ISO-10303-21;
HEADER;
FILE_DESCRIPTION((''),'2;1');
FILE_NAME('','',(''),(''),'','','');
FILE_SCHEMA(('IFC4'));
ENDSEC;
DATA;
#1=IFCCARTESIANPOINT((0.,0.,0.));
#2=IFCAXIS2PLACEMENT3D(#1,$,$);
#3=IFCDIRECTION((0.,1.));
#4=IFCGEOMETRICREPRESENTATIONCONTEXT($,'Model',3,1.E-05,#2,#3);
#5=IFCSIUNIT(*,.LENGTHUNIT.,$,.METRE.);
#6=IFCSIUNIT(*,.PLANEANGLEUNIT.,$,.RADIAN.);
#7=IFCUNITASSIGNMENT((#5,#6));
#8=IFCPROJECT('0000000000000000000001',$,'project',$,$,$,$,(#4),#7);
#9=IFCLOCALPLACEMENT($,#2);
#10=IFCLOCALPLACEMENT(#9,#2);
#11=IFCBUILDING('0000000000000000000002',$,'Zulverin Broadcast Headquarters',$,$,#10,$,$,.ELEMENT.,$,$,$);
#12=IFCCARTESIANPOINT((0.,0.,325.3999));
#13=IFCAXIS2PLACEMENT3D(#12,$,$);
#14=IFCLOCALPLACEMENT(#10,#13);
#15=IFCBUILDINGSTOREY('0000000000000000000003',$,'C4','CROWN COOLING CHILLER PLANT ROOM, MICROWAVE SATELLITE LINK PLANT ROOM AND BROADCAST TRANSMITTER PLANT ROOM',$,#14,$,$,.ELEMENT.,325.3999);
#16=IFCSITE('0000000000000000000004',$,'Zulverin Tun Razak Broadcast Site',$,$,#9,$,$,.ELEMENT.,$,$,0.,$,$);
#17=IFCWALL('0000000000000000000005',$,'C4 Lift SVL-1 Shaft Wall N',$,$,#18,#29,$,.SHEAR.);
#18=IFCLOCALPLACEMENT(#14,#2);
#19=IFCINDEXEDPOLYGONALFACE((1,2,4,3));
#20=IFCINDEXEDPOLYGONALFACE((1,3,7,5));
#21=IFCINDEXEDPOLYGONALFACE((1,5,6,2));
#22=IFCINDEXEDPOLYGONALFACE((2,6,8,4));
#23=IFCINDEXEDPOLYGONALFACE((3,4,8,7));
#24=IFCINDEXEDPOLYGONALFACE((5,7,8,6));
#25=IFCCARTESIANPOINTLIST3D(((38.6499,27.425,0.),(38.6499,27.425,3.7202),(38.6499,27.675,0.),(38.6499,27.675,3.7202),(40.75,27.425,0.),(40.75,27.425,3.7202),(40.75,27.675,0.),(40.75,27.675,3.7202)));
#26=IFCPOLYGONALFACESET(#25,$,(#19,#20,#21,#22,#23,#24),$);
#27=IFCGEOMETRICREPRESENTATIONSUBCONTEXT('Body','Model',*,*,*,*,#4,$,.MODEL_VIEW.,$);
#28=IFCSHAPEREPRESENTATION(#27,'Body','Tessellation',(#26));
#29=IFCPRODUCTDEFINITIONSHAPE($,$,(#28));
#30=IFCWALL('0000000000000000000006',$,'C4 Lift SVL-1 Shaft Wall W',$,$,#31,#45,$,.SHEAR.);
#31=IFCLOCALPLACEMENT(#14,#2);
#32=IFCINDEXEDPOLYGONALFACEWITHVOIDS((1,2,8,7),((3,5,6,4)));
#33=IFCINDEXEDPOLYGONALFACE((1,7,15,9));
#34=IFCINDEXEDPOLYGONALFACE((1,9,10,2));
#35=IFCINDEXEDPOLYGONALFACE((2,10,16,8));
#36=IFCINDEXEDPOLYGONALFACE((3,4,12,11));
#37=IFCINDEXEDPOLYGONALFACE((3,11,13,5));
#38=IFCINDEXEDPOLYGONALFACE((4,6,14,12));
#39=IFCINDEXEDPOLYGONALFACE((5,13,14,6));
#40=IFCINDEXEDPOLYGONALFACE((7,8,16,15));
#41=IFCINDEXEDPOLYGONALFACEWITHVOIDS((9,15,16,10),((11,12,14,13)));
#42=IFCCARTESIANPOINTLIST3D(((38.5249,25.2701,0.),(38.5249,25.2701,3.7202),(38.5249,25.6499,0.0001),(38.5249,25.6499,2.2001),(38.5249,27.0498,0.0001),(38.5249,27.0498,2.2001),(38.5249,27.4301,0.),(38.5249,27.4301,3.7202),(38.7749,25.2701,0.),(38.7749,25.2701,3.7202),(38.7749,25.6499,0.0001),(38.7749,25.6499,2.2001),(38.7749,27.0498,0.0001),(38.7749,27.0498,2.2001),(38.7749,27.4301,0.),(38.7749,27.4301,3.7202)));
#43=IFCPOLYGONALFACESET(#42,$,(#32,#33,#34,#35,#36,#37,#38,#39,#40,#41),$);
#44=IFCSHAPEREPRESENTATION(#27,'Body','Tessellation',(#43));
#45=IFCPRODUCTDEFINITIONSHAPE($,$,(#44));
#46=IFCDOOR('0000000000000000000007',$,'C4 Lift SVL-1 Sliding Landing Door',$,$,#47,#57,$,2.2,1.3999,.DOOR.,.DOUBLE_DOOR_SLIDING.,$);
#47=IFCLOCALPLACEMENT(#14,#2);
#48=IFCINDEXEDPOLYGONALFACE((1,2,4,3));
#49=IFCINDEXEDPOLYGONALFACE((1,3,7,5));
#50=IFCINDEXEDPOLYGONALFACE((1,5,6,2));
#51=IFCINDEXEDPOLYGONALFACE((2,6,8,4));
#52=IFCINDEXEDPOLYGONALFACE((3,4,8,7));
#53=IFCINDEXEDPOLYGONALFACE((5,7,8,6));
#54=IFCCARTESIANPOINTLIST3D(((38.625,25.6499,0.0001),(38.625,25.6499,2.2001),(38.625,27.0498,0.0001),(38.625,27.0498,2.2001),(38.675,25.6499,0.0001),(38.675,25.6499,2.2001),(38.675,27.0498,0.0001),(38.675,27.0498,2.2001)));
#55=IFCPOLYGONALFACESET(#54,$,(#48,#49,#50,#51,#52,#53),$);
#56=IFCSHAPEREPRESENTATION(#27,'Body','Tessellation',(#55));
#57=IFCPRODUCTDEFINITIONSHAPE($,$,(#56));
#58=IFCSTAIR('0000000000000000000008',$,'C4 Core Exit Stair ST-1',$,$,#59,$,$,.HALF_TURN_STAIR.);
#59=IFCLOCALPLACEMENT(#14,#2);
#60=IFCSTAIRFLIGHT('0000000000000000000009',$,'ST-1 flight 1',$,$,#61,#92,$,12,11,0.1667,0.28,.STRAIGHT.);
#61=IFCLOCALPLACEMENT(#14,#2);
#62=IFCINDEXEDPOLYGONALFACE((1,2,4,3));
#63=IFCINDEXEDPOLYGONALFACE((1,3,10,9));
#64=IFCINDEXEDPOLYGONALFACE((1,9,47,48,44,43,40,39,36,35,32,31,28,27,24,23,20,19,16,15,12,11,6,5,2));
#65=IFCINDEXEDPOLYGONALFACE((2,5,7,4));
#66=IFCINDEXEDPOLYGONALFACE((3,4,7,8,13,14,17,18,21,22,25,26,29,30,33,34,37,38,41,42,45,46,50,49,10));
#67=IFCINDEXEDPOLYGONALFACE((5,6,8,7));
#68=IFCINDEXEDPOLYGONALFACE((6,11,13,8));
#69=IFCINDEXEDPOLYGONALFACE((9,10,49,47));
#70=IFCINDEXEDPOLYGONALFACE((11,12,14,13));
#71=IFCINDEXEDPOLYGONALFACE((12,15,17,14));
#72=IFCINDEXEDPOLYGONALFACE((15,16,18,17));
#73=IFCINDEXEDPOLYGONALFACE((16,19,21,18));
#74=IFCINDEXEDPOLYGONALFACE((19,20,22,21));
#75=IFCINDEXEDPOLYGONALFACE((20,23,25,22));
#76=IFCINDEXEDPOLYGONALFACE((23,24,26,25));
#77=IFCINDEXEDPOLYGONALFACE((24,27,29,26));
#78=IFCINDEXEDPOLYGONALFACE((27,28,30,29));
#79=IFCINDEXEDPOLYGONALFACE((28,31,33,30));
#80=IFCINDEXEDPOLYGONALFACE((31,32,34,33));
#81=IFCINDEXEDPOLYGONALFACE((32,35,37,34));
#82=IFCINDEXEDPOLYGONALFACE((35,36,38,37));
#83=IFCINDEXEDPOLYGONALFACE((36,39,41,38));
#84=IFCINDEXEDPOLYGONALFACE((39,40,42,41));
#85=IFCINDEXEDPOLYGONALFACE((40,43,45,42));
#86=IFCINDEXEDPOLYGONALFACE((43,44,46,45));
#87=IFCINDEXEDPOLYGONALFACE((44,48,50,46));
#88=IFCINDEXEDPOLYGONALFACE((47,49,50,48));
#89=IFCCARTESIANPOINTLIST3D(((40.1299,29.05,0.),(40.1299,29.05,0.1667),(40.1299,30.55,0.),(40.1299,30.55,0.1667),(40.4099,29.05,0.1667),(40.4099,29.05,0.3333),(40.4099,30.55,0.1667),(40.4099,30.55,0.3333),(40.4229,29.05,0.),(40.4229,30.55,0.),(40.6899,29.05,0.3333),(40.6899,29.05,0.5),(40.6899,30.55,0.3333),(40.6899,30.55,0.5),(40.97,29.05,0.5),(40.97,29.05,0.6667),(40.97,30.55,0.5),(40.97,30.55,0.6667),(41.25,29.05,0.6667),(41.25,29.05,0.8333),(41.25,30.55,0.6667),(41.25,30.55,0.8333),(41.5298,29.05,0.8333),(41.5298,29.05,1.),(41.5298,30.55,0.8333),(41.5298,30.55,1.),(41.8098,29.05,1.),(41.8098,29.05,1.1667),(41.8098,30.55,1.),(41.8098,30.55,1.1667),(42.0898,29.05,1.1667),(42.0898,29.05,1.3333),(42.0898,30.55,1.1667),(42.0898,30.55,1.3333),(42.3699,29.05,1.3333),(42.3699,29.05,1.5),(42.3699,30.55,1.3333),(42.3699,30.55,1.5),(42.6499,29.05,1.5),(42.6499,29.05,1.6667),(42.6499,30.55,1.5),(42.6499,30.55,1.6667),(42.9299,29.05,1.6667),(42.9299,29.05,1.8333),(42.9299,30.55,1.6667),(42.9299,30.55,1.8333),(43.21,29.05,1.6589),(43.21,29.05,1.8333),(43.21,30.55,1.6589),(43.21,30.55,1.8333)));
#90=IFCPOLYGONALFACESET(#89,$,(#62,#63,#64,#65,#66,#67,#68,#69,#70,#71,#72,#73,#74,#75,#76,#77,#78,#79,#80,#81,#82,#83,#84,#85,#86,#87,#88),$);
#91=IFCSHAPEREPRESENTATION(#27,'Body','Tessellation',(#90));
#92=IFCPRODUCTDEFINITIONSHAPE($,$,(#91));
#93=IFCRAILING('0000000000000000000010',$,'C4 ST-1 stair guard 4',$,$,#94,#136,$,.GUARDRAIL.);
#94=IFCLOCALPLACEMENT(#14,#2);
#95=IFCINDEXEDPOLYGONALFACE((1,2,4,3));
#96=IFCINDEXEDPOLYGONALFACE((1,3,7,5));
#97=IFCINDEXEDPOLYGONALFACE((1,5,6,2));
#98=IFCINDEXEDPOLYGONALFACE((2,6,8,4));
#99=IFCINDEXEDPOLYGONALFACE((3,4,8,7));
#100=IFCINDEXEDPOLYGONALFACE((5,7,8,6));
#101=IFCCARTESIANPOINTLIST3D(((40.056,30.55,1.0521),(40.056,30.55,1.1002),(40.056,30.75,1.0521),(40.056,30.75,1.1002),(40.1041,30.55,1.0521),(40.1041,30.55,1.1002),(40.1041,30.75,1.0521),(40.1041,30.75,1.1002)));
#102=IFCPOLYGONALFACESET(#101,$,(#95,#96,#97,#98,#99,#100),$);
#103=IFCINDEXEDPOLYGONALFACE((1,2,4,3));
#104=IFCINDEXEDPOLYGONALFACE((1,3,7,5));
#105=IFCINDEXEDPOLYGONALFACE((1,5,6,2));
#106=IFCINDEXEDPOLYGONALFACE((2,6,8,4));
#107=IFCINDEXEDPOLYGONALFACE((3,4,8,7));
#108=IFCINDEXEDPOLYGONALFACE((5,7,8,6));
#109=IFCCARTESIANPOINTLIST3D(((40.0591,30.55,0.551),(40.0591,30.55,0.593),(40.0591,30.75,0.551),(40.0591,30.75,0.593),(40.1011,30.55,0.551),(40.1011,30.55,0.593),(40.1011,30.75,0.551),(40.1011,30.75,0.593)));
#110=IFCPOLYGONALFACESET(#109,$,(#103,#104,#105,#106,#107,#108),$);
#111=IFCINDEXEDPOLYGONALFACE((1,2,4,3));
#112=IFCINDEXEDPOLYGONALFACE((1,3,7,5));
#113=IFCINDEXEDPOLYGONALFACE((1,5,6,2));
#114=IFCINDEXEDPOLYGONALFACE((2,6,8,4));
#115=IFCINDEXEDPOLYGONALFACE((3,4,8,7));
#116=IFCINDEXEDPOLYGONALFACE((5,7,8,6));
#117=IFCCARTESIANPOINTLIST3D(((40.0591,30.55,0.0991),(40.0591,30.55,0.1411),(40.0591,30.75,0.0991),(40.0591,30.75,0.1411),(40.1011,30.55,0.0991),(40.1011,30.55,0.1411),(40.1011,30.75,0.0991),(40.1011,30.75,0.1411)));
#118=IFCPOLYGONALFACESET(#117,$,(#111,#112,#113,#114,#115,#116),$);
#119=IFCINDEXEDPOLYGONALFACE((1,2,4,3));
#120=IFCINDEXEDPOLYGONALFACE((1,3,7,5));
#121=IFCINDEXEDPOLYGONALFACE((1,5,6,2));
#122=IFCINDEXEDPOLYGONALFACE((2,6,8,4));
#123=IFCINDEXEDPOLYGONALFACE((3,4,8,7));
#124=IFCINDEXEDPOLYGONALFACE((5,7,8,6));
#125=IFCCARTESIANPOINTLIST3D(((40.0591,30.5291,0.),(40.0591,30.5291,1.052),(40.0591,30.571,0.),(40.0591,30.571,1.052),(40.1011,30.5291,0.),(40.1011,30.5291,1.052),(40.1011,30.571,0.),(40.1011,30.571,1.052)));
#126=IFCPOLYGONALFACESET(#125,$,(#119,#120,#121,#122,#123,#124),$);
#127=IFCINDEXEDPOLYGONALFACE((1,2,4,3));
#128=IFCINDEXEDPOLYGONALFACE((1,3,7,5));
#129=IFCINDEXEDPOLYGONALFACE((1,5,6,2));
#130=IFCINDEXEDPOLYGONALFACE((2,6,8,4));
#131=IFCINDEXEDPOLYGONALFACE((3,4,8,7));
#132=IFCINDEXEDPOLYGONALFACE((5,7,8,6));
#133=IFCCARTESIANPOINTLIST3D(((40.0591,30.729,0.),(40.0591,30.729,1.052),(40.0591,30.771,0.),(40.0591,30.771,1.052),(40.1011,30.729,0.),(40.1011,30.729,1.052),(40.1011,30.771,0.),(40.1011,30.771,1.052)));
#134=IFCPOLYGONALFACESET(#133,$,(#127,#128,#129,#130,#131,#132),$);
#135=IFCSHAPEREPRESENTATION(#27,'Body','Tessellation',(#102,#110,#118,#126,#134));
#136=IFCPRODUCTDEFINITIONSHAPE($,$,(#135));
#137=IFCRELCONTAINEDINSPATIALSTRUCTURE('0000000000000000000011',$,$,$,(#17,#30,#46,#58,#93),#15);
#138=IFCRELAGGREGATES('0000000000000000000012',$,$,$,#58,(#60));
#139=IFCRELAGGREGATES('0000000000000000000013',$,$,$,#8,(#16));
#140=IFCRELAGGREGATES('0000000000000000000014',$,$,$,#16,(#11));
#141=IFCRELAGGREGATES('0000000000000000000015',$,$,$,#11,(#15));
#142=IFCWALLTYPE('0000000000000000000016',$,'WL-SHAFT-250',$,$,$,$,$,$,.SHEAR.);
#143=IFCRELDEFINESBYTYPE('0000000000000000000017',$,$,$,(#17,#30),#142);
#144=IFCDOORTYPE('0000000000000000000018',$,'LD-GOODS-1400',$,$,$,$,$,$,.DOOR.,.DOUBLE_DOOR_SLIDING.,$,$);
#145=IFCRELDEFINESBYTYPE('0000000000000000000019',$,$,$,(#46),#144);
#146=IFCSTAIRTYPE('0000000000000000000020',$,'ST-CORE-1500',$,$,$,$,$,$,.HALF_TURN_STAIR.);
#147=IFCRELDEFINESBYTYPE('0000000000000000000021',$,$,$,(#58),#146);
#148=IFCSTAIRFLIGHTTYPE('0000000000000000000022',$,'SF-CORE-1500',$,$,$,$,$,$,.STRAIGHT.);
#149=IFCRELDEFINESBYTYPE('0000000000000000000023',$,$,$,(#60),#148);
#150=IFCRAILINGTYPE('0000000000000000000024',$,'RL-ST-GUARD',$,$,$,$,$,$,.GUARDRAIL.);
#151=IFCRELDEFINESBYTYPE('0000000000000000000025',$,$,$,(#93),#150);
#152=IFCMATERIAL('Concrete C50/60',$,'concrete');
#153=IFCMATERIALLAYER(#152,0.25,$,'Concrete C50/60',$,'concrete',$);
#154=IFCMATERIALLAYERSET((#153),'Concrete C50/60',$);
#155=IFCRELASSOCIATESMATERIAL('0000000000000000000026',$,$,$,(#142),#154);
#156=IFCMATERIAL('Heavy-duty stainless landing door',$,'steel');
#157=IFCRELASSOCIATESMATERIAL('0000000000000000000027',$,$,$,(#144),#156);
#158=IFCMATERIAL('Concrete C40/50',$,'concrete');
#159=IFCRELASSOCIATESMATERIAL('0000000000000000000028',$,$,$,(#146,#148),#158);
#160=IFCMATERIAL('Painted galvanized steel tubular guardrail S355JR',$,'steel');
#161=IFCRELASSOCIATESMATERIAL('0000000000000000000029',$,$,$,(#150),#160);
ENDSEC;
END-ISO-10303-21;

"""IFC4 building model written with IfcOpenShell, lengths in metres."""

from ifc_helpers import new_model, si_unit, direction, frame, frame_2d, origin, origin_2d, place, context, subcontext, project, spatial, polyline, rectangle, outline, extrude, material, layer, layer_set, type_object, element, fill, aggregate, save


model = new_model("IFC4")

# Units and contexts
model_context = context("Model", 3, precision=1e-05, world=origin(), true_north=direction((0.0, 1.0)))
body_context = subcontext(model_context, "Body", "Model", "MODEL_VIEW")
ifc_project = project(units=[si_unit("LENGTHUNIT", "METRE"), si_unit("PLANEANGLEUNIT", "RADIAN")], contexts=[model_context])

# Site, building, storey
site_placement = place(None, origin())
site = spatial("IfcSite", under=ifc_project, at=site_placement, Name="Zulverin Tun Razak Broadcast Site", CompositionType="ELEMENT", RefElevation=0.0)
building_placement = place(site_placement, origin())
building = spatial("IfcBuilding", under=site, at=building_placement, Name="Zulverin Broadcast Headquarters", CompositionType="ELEMENT")
storey_placement = place(building_placement, frame((0.0, 0.0, 325.3999)))
storey = spatial("IfcBuildingStorey", under=building, at=storey_placement, Name="C4", Description="CROWN COOLING CHILLER PLANT ROOM, MICROWAVE SATELLITE LINK PLANT ROOM AND BROADCAST TRANSMITTER PLANT ROOM", CompositionType="ELEMENT", Elevation=325.3999)

# Shared definitions
ifc_material_1 = material(Name="Concrete C50/60", Category="concrete")

# Shared definitions
ifc_layer_1 = layer(ifc_material_1, 0.25, Name="Concrete C50/60", Category="concrete")
ifc_layer_set_1 = layer_set([ifc_layer_1], Name="Concrete C50/60")
wall_type_1 = type_object("IfcWallType", Name="WL-SHAFT-250", PredefinedType="SHEAR", material=ifc_layer_set_1)

# Wall
for number, where, z_axis, x_axis, name in (
    (1, (38.6499, 27.55, 0.0), (0.0, 0.0, 1.0), (1.0, 0.0, 0.0), "C4 Lift SVL-1 Shaft Wall N"),
):
    element("IfcWall", number, at=place(storey_placement, frame(where, z_axis=z_axis, x_axis=x_axis)), inside=storey, type_object=wall_type_1, Name=name, PredefinedType="SHEAR", context=body_context, shape_type="SweptSolid", body=[
        extrude(rectangle(XDim=2.1001, YDim=0.25, at=frame_2d((1.05, 0.0))), origin(), (0.0, 0.0, 1.0), 3.7202),
    ])

# Wall, opening, door
wall_1_placement = place(storey_placement, frame((38.6499, 25.27, 0.0), z_axis=(0.0, 0.0, 1.0), x_axis=(0.0, 1.0, 0.0)))
wall_1 = element("IfcWall", 2, at=wall_1_placement, inside=storey, type_object=wall_type_1, Name="C4 Lift SVL-1 Shaft Wall W", PredefinedType="SHEAR", context=body_context, shape_type="SweptSolid", body=[
    extrude(rectangle(XDim=2.1599, YDim=0.25, at=frame_2d((1.0801, 0.0))), origin(), (0.0, 0.0, 1.0), 3.7202),
])
opening_1_placement = place(wall_1_placement, frame((0.3799, 0.0, 0.0)))
opening_1 = element("IfcOpeningElement", 3, at=opening_1_placement, cuts=wall_1, PredefinedType="OPENING", context=body_context, shape_type="SweptSolid", body=[
    extrude(rectangle(XDim=1.3999, YDim=2.2, at=frame_2d((0.7, 1.1001))), frame((0.0, 0.135, 0.0), z_axis=(0.0, -1.0, 0.0), x_axis=(1.0, 0.0, 0.0)), (0.0, 0.0, 1.0), 0.27),
])
ifc_material_2 = material(Name="Heavy-duty stainless landing door", Category="steel")
door_type_1 = type_object("IfcDoorType", Name="LD-GOODS-1400", OperationType="DOUBLE_DOOR_SLIDING", PredefinedType="DOOR", material=ifc_material_2)
door_1_placement = place(opening_1_placement, origin())
door_1 = element("IfcDoor", 4, at=door_1_placement, inside=storey, type_object=door_type_1, Name="C4 Lift SVL-1 Sliding Landing Door", OperationType="DOUBLE_DOOR_SLIDING", OverallHeight=2.2, OverallWidth=1.3999, PredefinedType="DOOR", context=body_context, shape_type="SweptSolid", body=[
    extrude(rectangle(XDim=1.3999, YDim=2.2, at=frame_2d((0.7, 1.1001))), frame((0.0, 0.0249, 0.0), z_axis=(0.0, -1.0, 0.0), x_axis=(1.0, 0.0, 0.0)), (0.0, 0.0, 1.0), 0.05),
])
fill(opening_1, door_1)

# Stair, stair flight
ifc_material_3 = material(Name="Concrete C40/50", Category="concrete")
stair_type = type_object("IfcStairType", Name="ST-CORE-1500", PredefinedType="HALF_TURN_STAIR", material=ifc_material_3)
stair_placement = place(storey_placement, origin())
stair = element("IfcStair", 5, at=stair_placement, inside=storey, type_object=stair_type, Name="C4 Core Exit Stair ST-1", PredefinedType="HALF_TURN_STAIR")
stair_flight_type = type_object("IfcStairFlightType", Name="SF-CORE-1500", PredefinedType="STRAIGHT", material=ifc_material_3)
stair_flight_placement = place(storey_placement, frame((40.1299, 29.8, 0.0), z_axis=(0.0, 0.0, 1.0), x_axis=(1.0, 0.0, 0.0)))
stair_flight = element("IfcStairFlight", 6, at=stair_flight_placement, type_object=stair_flight_type, Name="ST-1 flight 1", NumberOfRisers=12, NumberOfTreads=11, PredefinedType="STRAIGHT", RiserHeight=0.1667, TreadLength=0.28, context=body_context, shape_type="SweptSolid", body=[
    extrude(outline(polyline([(0.0, 0.0), (0.0, 0.1667), (0.28, 0.1667), (0.28, 0.3333), (0.5601, 0.3333), (0.5601, 0.5), (0.8401, 0.5), (0.8401, 0.6667), (1.1201, 0.6667), (1.1201, 0.8333), (1.3999, 0.8333), (1.3999, 1.0), (1.6799, 1.0), (1.6799, 1.1667), (1.96, 1.1667), (1.96, 1.3333), (2.24, 1.3333), (2.24, 1.5), (2.52, 1.5), (2.52, 1.6667), (2.8, 1.6667), (2.8, 1.8333), (3.0801, 1.8333), (3.0801, 2.0), (3.0801, 1.6589), (0.293, 0.0), (0.0, 0.0)])), frame((0.0, 0.75, 0.0), z_axis=(0.0, -1.0, 0.0), x_axis=(1.0, 0.0, 0.0)), (0.0, 0.0, 1.0), 1.5),
])
aggregate(stair, [stair_flight])

# Railing
ifc_material_4 = material(Name="Painted galvanized steel tubular guardrail S355JR", Category="steel")
railing_type = type_object("IfcRailingType", Name="RL-ST-GUARD", PredefinedType="GUARDRAIL", material=ifc_material_4)
railing_placement = place(storey_placement, frame((40.0801, 30.55, 0.0)))
element("IfcRailing", 7, at=railing_placement, inside=storey, type_object=railing_type, Name="C4 ST-1 stair guard 4", PredefinedType="GUARDRAIL", context=body_context, shape_type="SweptSolid", body=[
    extrude(rectangle(XDim=0.0481, YDim=0.0481, at=origin_2d()), frame((0.0, 0.0, 1.0762), z_axis=(0.0, 1.0, 0.0), x_axis=(-1.0, 0.0, 0.0)), (0.0, 0.0, 1.0), 0.2),
    extrude(rectangle(XDim=0.042, YDim=0.042, at=origin_2d()), frame((0.0, 0.0, 0.572), z_axis=(0.0, 1.0, 0.0), x_axis=(-1.0, 0.0, 0.0)), (0.0, 0.0, 1.0), 0.2),
    extrude(rectangle(XDim=0.042, YDim=0.042, at=origin_2d()), frame((0.0, 0.0, 0.1201), z_axis=(0.0, 1.0, 0.0), x_axis=(-1.0, 0.0, 0.0)), (0.0, 0.0, 1.0), 0.2),
    extrude(rectangle(XDim=0.042, YDim=0.042, at=origin_2d()), origin(), (0.0, 0.0, 1.0), 1.052),
    extrude(rectangle(XDim=0.042, YDim=0.042, at=origin_2d()), frame((0.0, 0.2, 0.0)), (0.0, 0.0, 1.0), 1.052),
])

save(model, "model.ifc")
